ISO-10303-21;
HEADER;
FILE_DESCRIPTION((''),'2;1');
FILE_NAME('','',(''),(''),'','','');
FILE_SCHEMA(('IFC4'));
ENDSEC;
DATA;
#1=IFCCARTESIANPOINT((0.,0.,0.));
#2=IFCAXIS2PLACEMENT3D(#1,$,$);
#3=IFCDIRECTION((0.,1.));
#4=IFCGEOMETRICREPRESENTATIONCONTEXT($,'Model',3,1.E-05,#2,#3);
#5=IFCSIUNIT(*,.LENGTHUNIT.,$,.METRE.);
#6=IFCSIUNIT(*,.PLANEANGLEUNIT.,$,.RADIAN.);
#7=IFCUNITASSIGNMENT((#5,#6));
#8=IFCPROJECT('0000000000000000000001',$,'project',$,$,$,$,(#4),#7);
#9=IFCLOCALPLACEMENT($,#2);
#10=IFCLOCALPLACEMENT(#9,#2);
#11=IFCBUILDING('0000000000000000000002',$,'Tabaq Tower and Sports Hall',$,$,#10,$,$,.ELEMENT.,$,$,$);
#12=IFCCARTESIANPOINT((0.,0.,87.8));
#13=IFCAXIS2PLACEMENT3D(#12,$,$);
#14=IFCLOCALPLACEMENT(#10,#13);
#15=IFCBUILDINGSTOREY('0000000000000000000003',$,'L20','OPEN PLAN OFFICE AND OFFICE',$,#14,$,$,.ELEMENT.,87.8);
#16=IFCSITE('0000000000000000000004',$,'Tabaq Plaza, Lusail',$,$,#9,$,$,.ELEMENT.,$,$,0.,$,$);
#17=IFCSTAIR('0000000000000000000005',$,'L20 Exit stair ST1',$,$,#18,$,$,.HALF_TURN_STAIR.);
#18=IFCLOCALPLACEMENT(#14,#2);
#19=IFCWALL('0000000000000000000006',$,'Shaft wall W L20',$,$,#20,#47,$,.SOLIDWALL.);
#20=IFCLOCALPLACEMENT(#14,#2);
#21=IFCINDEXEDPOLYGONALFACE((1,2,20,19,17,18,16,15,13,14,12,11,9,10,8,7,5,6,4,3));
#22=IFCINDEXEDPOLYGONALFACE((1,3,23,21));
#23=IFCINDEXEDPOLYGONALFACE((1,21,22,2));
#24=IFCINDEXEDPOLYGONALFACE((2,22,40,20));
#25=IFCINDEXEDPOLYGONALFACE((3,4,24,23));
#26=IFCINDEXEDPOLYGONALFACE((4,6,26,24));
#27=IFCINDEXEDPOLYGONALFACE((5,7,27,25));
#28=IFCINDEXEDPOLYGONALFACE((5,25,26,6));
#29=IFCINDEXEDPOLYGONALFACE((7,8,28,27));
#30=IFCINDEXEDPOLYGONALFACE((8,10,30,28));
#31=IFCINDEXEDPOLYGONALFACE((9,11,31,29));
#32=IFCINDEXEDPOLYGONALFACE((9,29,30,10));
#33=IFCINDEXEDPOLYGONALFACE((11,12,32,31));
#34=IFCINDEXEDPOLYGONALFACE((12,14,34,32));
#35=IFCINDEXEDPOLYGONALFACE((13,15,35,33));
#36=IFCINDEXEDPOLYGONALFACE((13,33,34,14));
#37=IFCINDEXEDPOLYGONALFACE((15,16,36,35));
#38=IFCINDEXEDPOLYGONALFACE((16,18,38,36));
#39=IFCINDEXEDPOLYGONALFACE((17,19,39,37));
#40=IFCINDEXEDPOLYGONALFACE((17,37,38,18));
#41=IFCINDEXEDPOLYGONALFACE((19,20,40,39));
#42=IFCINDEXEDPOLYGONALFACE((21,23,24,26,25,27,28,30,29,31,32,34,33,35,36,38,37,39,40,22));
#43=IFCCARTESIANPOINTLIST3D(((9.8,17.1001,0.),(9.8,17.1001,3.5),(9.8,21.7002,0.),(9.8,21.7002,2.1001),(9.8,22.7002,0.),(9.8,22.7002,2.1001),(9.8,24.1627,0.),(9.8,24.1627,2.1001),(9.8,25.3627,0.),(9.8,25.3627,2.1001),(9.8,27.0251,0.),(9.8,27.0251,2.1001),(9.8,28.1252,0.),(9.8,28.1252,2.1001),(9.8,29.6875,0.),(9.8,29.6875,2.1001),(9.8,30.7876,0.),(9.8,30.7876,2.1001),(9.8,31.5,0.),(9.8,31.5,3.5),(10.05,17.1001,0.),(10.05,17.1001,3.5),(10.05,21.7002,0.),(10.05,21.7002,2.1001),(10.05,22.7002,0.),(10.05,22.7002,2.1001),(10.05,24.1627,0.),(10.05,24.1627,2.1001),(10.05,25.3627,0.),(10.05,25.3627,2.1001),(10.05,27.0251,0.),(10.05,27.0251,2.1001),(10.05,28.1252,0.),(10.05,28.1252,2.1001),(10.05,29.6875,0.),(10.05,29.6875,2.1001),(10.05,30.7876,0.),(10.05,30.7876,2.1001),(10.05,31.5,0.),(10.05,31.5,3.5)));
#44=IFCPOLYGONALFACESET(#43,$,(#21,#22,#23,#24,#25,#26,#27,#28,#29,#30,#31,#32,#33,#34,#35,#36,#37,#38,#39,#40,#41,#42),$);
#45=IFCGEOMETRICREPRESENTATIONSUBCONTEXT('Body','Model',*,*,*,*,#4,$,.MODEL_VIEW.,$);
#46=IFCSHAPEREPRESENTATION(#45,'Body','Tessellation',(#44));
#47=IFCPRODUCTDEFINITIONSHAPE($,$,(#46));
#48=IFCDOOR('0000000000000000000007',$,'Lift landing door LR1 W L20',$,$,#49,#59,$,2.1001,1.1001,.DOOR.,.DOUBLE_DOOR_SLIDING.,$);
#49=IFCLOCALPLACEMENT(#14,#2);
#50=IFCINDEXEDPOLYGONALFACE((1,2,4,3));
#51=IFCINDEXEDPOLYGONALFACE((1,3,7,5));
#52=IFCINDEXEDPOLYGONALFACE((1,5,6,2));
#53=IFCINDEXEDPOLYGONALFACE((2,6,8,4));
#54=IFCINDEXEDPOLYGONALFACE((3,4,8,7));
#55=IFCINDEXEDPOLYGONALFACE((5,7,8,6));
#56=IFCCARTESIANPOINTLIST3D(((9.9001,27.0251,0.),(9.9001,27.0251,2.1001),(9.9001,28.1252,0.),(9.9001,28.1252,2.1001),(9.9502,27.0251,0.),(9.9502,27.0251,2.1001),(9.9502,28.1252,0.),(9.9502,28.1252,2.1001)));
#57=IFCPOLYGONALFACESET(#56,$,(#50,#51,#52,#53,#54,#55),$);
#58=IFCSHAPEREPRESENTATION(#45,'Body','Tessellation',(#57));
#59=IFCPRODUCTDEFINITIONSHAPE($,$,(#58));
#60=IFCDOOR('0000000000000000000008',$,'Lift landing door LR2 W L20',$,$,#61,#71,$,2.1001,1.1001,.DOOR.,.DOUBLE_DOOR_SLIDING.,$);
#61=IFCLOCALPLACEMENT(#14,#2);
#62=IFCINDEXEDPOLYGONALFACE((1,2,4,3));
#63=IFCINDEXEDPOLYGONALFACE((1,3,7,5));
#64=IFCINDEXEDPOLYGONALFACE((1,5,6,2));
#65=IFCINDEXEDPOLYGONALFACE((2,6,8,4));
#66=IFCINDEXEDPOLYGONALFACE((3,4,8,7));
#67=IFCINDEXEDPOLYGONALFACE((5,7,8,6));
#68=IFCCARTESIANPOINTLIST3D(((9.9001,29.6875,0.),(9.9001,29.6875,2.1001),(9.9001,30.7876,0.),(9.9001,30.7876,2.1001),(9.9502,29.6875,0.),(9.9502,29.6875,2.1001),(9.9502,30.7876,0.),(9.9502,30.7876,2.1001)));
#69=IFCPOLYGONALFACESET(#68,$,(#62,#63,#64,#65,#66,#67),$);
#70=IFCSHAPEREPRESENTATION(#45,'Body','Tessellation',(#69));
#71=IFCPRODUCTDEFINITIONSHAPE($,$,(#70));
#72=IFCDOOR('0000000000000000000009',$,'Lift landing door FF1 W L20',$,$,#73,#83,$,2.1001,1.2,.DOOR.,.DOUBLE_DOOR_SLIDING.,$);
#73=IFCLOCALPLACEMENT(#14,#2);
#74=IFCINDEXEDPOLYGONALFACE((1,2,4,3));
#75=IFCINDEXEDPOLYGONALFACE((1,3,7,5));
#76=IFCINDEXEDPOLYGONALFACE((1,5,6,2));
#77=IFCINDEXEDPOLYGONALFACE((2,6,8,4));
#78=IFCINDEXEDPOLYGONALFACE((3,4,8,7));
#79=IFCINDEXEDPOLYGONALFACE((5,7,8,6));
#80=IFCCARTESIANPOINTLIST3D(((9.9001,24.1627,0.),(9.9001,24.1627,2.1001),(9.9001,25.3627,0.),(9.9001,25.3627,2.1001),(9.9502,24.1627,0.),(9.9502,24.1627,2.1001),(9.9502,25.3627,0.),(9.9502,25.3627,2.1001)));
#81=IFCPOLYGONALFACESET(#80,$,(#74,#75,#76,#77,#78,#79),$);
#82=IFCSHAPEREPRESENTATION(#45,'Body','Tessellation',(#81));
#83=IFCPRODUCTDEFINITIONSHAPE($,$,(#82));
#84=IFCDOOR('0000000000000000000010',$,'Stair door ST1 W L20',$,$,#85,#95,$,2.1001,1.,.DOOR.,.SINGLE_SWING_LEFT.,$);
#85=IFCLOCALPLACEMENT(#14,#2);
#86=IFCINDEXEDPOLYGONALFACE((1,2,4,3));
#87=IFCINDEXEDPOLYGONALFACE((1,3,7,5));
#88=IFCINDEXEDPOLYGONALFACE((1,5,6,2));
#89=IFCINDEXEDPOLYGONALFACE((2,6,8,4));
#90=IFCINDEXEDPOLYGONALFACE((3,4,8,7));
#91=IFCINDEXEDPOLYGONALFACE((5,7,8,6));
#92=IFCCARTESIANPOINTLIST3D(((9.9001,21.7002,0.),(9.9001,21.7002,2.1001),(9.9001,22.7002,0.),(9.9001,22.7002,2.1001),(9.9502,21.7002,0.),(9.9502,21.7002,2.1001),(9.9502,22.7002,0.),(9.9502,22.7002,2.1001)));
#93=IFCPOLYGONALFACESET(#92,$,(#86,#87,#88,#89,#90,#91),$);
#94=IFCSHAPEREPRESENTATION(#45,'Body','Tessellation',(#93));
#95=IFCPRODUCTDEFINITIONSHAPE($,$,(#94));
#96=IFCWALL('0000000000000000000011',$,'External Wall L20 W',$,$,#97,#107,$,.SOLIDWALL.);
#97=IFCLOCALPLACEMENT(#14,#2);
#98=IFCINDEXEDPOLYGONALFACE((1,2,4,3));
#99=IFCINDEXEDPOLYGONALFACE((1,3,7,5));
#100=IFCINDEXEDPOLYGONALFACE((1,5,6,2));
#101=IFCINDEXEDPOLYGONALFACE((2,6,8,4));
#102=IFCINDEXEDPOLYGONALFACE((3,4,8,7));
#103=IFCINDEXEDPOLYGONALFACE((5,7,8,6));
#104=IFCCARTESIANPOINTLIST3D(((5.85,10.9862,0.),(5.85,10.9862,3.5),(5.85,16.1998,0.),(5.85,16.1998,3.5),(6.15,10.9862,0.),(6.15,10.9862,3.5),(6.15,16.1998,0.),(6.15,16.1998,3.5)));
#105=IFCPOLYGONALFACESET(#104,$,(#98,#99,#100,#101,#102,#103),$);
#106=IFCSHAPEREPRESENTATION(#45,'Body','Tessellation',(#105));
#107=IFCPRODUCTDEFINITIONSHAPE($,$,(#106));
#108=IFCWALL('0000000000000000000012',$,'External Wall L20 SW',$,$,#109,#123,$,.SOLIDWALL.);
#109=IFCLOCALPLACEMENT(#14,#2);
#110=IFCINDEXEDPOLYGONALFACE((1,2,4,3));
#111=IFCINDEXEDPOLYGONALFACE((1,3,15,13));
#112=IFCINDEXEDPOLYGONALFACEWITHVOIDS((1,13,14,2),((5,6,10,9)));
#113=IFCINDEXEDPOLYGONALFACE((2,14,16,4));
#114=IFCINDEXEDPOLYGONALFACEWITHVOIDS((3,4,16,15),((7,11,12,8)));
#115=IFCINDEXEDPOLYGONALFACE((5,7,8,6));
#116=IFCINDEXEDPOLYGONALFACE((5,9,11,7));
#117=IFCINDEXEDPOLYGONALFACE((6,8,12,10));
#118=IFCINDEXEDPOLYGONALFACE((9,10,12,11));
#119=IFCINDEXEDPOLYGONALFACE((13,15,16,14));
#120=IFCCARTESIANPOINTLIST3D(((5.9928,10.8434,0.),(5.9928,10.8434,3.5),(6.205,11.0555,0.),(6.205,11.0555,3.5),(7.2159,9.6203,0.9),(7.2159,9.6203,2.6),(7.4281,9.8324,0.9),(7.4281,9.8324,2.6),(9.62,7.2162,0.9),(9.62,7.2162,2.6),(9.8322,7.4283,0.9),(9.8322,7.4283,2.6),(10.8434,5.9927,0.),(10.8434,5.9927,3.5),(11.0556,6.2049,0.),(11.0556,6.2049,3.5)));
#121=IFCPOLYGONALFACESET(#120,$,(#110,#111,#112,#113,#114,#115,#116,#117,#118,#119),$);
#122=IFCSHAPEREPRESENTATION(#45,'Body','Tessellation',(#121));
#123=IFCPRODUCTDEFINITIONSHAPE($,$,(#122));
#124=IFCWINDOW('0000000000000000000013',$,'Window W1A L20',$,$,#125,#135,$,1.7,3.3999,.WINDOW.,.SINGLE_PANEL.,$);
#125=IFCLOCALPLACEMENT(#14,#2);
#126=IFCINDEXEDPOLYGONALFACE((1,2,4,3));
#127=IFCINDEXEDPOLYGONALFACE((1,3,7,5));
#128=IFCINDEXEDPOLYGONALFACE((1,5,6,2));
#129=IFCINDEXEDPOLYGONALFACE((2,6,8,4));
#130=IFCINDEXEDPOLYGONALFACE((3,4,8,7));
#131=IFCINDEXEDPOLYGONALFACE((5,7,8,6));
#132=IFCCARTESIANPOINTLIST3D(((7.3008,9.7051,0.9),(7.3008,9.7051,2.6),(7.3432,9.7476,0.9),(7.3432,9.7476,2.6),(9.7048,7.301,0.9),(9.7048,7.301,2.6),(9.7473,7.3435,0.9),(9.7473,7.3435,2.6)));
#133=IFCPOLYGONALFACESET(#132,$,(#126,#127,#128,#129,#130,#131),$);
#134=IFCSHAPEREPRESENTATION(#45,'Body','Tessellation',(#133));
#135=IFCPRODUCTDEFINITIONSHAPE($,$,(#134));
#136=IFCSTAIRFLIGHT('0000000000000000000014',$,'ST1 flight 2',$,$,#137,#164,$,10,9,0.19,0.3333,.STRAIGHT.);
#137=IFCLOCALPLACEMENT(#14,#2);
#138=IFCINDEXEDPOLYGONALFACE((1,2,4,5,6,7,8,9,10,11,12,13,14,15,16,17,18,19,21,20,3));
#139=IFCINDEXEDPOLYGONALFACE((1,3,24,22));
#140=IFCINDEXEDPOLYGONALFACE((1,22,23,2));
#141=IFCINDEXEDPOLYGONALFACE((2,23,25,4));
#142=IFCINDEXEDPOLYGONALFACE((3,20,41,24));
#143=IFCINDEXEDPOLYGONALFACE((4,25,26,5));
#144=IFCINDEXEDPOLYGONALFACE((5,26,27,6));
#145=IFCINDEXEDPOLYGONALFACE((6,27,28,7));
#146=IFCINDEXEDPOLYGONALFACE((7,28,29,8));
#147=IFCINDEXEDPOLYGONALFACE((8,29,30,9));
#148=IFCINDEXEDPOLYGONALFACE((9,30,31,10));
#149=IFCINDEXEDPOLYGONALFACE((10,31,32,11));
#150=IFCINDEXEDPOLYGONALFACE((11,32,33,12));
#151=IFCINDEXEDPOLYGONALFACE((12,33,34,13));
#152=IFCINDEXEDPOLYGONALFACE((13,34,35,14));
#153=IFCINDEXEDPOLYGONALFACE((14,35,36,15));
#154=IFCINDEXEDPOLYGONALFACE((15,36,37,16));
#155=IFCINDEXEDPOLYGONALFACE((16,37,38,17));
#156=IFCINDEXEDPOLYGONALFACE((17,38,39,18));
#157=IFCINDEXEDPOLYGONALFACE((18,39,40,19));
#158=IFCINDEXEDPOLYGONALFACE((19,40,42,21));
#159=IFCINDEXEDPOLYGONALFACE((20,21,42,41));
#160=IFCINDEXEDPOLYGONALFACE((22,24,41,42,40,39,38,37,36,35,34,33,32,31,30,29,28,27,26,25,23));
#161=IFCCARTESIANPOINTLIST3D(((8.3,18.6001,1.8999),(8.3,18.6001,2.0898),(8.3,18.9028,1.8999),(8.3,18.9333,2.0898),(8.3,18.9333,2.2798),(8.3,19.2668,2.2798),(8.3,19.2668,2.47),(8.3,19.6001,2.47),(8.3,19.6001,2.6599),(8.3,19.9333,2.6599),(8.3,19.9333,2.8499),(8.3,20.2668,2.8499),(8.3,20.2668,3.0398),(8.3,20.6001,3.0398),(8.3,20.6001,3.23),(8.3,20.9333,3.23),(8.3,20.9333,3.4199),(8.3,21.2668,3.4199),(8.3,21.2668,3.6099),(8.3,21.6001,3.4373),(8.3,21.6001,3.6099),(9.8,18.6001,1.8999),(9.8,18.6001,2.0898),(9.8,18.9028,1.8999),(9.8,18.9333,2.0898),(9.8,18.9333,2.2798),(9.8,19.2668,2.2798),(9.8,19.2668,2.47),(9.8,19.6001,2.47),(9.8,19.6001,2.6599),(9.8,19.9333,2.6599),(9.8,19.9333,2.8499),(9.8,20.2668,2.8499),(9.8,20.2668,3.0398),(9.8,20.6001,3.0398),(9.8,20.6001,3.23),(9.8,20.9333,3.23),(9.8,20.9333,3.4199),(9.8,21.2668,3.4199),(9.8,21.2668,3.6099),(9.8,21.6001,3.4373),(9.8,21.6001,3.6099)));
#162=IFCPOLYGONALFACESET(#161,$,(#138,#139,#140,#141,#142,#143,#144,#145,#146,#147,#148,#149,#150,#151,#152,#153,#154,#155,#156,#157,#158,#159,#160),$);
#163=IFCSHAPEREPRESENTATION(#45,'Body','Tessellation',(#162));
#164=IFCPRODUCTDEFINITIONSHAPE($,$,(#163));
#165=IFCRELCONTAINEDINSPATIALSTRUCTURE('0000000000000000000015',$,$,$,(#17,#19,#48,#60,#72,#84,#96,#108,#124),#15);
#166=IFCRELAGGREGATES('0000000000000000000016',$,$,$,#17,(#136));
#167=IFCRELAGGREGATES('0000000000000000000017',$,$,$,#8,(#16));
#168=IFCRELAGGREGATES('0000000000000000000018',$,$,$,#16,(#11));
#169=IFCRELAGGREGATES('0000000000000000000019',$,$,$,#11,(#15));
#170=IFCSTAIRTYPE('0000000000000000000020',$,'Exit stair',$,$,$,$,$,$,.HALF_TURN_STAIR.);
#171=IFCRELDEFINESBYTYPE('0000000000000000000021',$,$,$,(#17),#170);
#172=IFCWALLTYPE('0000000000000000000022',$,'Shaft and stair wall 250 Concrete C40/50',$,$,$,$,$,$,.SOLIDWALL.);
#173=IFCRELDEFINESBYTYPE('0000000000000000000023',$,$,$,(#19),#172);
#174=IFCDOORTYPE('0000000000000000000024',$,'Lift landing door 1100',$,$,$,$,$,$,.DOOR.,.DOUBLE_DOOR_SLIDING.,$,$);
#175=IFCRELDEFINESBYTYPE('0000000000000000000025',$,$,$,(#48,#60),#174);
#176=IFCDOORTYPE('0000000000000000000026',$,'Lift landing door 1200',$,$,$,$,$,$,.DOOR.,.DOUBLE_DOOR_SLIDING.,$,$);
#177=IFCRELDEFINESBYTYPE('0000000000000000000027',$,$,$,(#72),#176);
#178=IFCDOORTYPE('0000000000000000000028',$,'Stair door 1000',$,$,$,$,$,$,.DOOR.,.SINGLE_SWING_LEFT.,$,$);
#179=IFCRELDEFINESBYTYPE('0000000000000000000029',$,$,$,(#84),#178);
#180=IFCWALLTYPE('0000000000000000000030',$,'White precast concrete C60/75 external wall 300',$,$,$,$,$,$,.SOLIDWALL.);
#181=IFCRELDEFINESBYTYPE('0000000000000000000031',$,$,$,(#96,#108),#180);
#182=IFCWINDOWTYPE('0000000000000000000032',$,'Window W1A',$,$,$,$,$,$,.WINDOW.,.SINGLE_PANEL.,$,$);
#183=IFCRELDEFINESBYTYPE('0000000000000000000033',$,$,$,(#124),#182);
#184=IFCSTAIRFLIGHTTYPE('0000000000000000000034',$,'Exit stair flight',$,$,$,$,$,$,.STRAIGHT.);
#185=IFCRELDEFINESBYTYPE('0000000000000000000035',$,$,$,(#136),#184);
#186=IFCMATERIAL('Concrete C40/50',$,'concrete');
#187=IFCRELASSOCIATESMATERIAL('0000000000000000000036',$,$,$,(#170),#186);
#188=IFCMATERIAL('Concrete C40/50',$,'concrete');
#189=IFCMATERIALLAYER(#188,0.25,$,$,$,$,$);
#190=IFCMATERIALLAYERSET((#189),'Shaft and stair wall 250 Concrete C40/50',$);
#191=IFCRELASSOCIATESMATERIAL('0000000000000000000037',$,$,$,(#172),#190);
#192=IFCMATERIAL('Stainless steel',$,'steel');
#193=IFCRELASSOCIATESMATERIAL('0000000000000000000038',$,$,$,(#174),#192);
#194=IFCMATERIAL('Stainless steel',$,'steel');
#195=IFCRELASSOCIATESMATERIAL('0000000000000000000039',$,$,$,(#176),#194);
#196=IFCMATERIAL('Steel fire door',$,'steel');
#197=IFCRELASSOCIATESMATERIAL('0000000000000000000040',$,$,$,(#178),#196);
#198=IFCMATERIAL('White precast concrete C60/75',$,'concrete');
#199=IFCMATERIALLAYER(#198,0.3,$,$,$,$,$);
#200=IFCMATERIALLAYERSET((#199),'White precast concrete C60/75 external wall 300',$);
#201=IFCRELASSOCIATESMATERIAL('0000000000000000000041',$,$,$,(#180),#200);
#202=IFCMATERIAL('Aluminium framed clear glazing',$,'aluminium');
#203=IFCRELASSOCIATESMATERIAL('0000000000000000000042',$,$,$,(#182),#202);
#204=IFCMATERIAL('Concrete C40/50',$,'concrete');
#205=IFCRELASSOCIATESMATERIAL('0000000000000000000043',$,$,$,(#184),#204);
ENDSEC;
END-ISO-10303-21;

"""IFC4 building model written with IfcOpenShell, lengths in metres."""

from ifc_helpers import new_model, si_unit, direction, frame, frame_2d, origin, place, context, subcontext, project, spatial, polyline, rectangle, outline, extrude, material, layer, layer_set, type_object, element, fill, aggregate, save


model = new_model("IFC4")

# Units and contexts
model_context = context("Model", 3, precision=1e-05, world=origin(), true_north=direction((0.0, 1.0)))
body_context = subcontext(model_context, "Body", "Model", "MODEL_VIEW")
ifc_project = project(units=[si_unit("LENGTHUNIT", "METRE"), si_unit("PLANEANGLEUNIT", "RADIAN")], contexts=[model_context])

# Site, building, storey
site_placement = place(None, origin())
site = spatial("IfcSite", under=ifc_project, at=site_placement, Name="Tabaq Plaza, Lusail", CompositionType="ELEMENT", RefElevation=0.0)
building_placement = place(site_placement, origin())
building = spatial("IfcBuilding", under=site, at=building_placement, Name="Tabaq Tower and Sports Hall", CompositionType="ELEMENT")
storey_placement = place(building_placement, frame((0.0, 0.0, 87.8)))
storey = spatial("IfcBuildingStorey", under=building, at=storey_placement, Name="L20", Description="OPEN PLAN OFFICE AND OFFICE", CompositionType="ELEMENT", Elevation=87.8)

# Stair
ifc_material_1 = material(Name="Concrete C40/50", Category="concrete")
stair_type = type_object("IfcStairType", Name="Exit stair", PredefinedType="HALF_TURN_STAIR", material=ifc_material_1)
stair_1_placement = place(storey_placement, origin())
stair_1 = element("IfcStair", 1, at=stair_1_placement, inside=storey, type_object=stair_type, Name="L20 Exit stair ST1", PredefinedType="HALF_TURN_STAIR")

# Wall, openings, doors
ifc_material_2 = material(Name="Concrete C40/50", Category="concrete")
ifc_layer_1 = layer(ifc_material_2, 0.25)
ifc_layer_set_1 = layer_set([ifc_layer_1], Name="Shaft and stair wall 250 Concrete C40/50")
wall_type_1 = type_object("IfcWallType", Name="Shaft and stair wall 250 Concrete C40/50", PredefinedType="SOLIDWALL", material=ifc_layer_set_1)
wall_1_placement = place(storey_placement, frame((9.925, 17.1001, 0.0), z_axis=(0.0, 0.0, 1.0), x_axis=(0.0, 1.0, 0.0)))
wall_1 = element("IfcWall", 2, at=wall_1_placement, inside=storey, type_object=wall_type_1, Name="Shaft wall W L20", PredefinedType="SOLIDWALL", context=body_context, shape_type="SweptSolid", body=[
    extrude(rectangle(XDim=14.3999, YDim=0.25, at=frame_2d((7.2, 0.0))), origin(), (0.0, 0.0, 1.0), 3.5),
])
opening_1_placement = place(wall_1_placement, frame((4.6001, 0.0, 0.0)))
opening_1 = element("IfcOpeningElement", 3, at=opening_1_placement, cuts=wall_1, PredefinedType="OPENING", context=body_context, shape_type="SweptSolid", body=[
    extrude(rectangle(XDim=1.0, YDim=2.1001, at=frame_2d((0.5, 1.05))), frame((0.0, 0.125, 0.0), z_axis=(0.0, -1.0, 0.0), x_axis=(1.0, 0.0, 0.0)), (0.0, 0.0, 1.0), 0.25),
])
opening_2_placement = place(wall_1_placement, frame((7.0625, 0.0, 0.0)))
opening_2 = element("IfcOpeningElement", 4, at=opening_2_placement, cuts=wall_1, PredefinedType="OPENING", context=body_context, shape_type="SweptSolid", body=[
    extrude(rectangle(XDim=1.2, YDim=2.1001, at=frame_2d((0.6001, 1.05))), frame((0.0, 0.125, 0.0), z_axis=(0.0, -1.0, 0.0), x_axis=(1.0, 0.0, 0.0)), (0.0, 0.0, 1.0), 0.25),
])
opening_3_placement = place(wall_1_placement, frame((9.925, 0.0, 0.0)))
opening_3 = element("IfcOpeningElement", 5, at=opening_3_placement, cuts=wall_1, PredefinedType="OPENING", context=body_context, shape_type="SweptSolid", body=[
    extrude(rectangle(XDim=1.1001, YDim=2.1001, at=frame_2d((0.55, 1.05))), frame((0.0, 0.125, 0.0), z_axis=(0.0, -1.0, 0.0), x_axis=(1.0, 0.0, 0.0)), (0.0, 0.0, 1.0), 0.25),
])
opening_4_placement = place(wall_1_placement, frame((12.5874, 0.0, 0.0)))
opening_4 = element("IfcOpeningElement", 6, at=opening_4_placement, cuts=wall_1, PredefinedType="OPENING", context=body_context, shape_type="SweptSolid", body=[
    extrude(rectangle(XDim=1.1001, YDim=2.1001, at=frame_2d((0.55, 1.05))), frame((0.0, 0.125, 0.0), z_axis=(0.0, -1.0, 0.0), x_axis=(1.0, 0.0, 0.0)), (0.0, 0.0, 1.0), 0.25),
])
ifc_material_3 = material(Name="Stainless steel", Category="steel")
door_type_1 = type_object("IfcDoorType", Name="Lift landing door 1100", OperationType="DOUBLE_DOOR_SLIDING", PredefinedType="DOOR", material=ifc_material_3)
door_1_placement = place(opening_3_placement, origin())
door_1 = element("IfcDoor", 7, at=door_1_placement, inside=storey, type_object=door_type_1, Name="Lift landing door LR1 W L20", OperationType="DOUBLE_DOOR_SLIDING", OverallHeight=2.1001, OverallWidth=1.1001, PredefinedType="DOOR", context=body_context, shape_type="SweptSolid", body=[
    extrude(rectangle(XDim=1.1001, YDim=2.1001, at=frame_2d((0.55, 1.05))), frame((0.0, 0.0249, 0.0), z_axis=(0.0, -1.0, 0.0), x_axis=(1.0, 0.0, 0.0)), (0.0, 0.0, 1.0), 0.05),
])
fill(opening_3, door_1)
door_2_placement = place(opening_4_placement, origin())
door_2 = element("IfcDoor", 8, at=door_2_placement, inside=storey, type_object=door_type_1, Name="Lift landing door LR2 W L20", OperationType="DOUBLE_DOOR_SLIDING", OverallHeight=2.1001, OverallWidth=1.1001, PredefinedType="DOOR", context=body_context, shape_type="SweptSolid", body=[
    extrude(rectangle(XDim=1.1001, YDim=2.1001, at=frame_2d((0.55, 1.05))), frame((0.0, 0.0249, 0.0), z_axis=(0.0, -1.0, 0.0), x_axis=(1.0, 0.0, 0.0)), (0.0, 0.0, 1.0), 0.05),
])
fill(opening_4, door_2)
ifc_material_4 = material(Name="Stainless steel", Category="steel")
door_type_2 = type_object("IfcDoorType", Name="Lift landing door 1200", OperationType="DOUBLE_DOOR_SLIDING", PredefinedType="DOOR", material=ifc_material_4)
door_3_placement = place(opening_2_placement, origin())
door_3 = element("IfcDoor", 9, at=door_3_placement, inside=storey, type_object=door_type_2, Name="Lift landing door FF1 W L20", OperationType="DOUBLE_DOOR_SLIDING", OverallHeight=2.1001, OverallWidth=1.2, PredefinedType="DOOR", context=body_context, shape_type="SweptSolid", body=[
    extrude(rectangle(XDim=1.2, YDim=2.1001, at=frame_2d((0.6001, 1.05))), frame((0.0, 0.0249, 0.0), z_axis=(0.0, -1.0, 0.0), x_axis=(1.0, 0.0, 0.0)), (0.0, 0.0, 1.0), 0.05),
])
fill(opening_2, door_3)
ifc_material_5 = material(Name="Steel fire door", Category="steel")
door_type_3 = type_object("IfcDoorType", Name="Stair door 1000", OperationType="SINGLE_SWING_LEFT", PredefinedType="DOOR", material=ifc_material_5)
door_4_placement = place(opening_1_placement, origin())
door_4 = element("IfcDoor", 10, at=door_4_placement, inside=storey, type_object=door_type_3, Name="Stair door ST1 W L20", OperationType="SINGLE_SWING_LEFT", OverallHeight=2.1001, OverallWidth=1.0, PredefinedType="DOOR", context=body_context, shape_type="SweptSolid", body=[
    extrude(rectangle(XDim=1.0, YDim=2.1001, at=frame_2d((0.5, 1.05))), frame((0.0, 0.0249, 0.0), z_axis=(0.0, -1.0, 0.0), x_axis=(1.0, 0.0, 0.0)), (0.0, 0.0, 1.0), 0.05),
])
fill(opening_1, door_4)

# Wall
ifc_material_6 = material(Name="White precast concrete C60/75", Category="concrete")
ifc_layer_2 = layer(ifc_material_6, 0.3)
ifc_layer_set_2 = layer_set([ifc_layer_2], Name="White precast concrete C60/75 external wall 300")
wall_type_2 = type_object("IfcWallType", Name="White precast concrete C60/75 external wall 300", PredefinedType="SOLIDWALL", material=ifc_layer_set_2)
wall_2_placement = place(storey_placement, frame((6.0, 16.2, 0.0), z_axis=(0.0, 0.0, 1.0), x_axis=(0.0, -1.0, 0.0)))
element("IfcWall", 11, at=wall_2_placement, inside=storey, type_object=wall_type_2, Name="External Wall L20 W", PredefinedType="SOLIDWALL", context=body_context, shape_type="SweptSolid", body=[
    extrude(rectangle(XDim=5.2136, YDim=0.3, at=frame_2d((2.6069, 0.0))), origin(), (0.0, 0.0, 1.0), 3.5),
])

# Wall, opening, window
wall_3_placement = place(storey_placement, frame((6.0989, 10.9495, 0.0), z_axis=(0.0, 0.0, 1.0), x_axis=(0.707107, -0.707107, 0.0)))
wall_3 = element("IfcWall", 12, at=wall_3_placement, inside=storey, type_object=wall_type_2, Name="External Wall L20 SW", PredefinedType="SOLIDWALL", context=body_context, shape_type="SweptSolid", body=[
    extrude(rectangle(XDim=6.8599, YDim=0.3, at=frame_2d((3.4299, 0.0))), origin(), (0.0, 0.0, 1.0), 3.5),
])
opening_5_placement = place(wall_3_placement, frame((1.7297, 0.0, 0.8999)))
opening_5 = element("IfcOpeningElement", 13, at=opening_5_placement, cuts=wall_3, PredefinedType="OPENING", context=body_context, shape_type="SweptSolid", body=[
    extrude(rectangle(XDim=3.3999, YDim=1.7, at=frame_2d((1.7, 0.8501))), frame((0.0, 0.1602, 0.0), z_axis=(0.0, -1.0, 0.0), x_axis=(1.0, 0.0, 0.0)), (0.0, 0.0, 1.0), 0.3201),
])
ifc_material_7 = material(Name="Aluminium framed clear glazing", Category="aluminium")
window_type = type_object("IfcWindowType", Name="Window W1A", PartitioningType="SINGLE_PANEL", PredefinedType="WINDOW", material=ifc_material_7)
window_placement = place(opening_5_placement, origin())
window = element("IfcWindow", 14, at=window_placement, inside=storey, type_object=window_type, Name="Window W1A L20", OverallHeight=1.7, OverallWidth=3.3999, PartitioningType="SINGLE_PANEL", PredefinedType="WINDOW", context=body_context, shape_type="SweptSolid", body=[
    extrude(rectangle(XDim=3.3999, YDim=1.7, at=frame_2d((1.7, 0.8501))), frame((0.0, 0.03, 0.0), z_axis=(0.0, -1.0, 0.0), x_axis=(1.0, 0.0, 0.0)), (0.0, 0.0, 1.0), 0.0601),
])
fill(opening_5, window)

# Stair flight
ifc_material_8 = material(Name="Concrete C40/50", Category="concrete")
stair_flight_type = type_object("IfcStairFlightType", Name="Exit stair flight", PredefinedType="STRAIGHT", material=ifc_material_8)
stair_flight_placement = place(storey_placement, frame((9.05, 18.6001, 1.8999), z_axis=(0.0, 0.0, 1.0), x_axis=(0.0, 1.0, 0.0)))
stair_flight = element("IfcStairFlight", 15, at=stair_flight_placement, type_object=stair_flight_type, Name="ST1 flight 2", NumberOfRisers=10, NumberOfTreads=9, PredefinedType="STRAIGHT", RiserHeight=0.19, TreadLength=0.3333, context=body_context, shape_type="SweptSolid", body=[
    extrude(outline(polyline([(0.0, 0.0), (0.0, 0.1899), (0.3333, 0.1899), (0.3333, 0.3799), (0.6667, 0.3799), (0.6667, 0.5701), (1.0, 0.5701), (1.0, 0.76), (1.3333, 0.76), (1.3333, 0.95), (1.6667, 0.95), (1.6667, 1.1399), (2.0, 1.1399), (2.0, 1.3301), (2.3333, 1.3301), (2.3333, 1.52), (2.6667, 1.52), (2.6667, 1.71), (3.0, 1.71), (3.0, 1.8999), (3.0, 1.5374), (0.3027, 0.0), (0.0, 0.0)])), frame((0.0, 0.75, 0.0), z_axis=(0.0, -1.0, 0.0), x_axis=(1.0, 0.0, 0.0)), (0.0, 0.0, 1.0), 1.5),
])
aggregate(stair_1, [stair_flight])

save(model, "model.ifc")
